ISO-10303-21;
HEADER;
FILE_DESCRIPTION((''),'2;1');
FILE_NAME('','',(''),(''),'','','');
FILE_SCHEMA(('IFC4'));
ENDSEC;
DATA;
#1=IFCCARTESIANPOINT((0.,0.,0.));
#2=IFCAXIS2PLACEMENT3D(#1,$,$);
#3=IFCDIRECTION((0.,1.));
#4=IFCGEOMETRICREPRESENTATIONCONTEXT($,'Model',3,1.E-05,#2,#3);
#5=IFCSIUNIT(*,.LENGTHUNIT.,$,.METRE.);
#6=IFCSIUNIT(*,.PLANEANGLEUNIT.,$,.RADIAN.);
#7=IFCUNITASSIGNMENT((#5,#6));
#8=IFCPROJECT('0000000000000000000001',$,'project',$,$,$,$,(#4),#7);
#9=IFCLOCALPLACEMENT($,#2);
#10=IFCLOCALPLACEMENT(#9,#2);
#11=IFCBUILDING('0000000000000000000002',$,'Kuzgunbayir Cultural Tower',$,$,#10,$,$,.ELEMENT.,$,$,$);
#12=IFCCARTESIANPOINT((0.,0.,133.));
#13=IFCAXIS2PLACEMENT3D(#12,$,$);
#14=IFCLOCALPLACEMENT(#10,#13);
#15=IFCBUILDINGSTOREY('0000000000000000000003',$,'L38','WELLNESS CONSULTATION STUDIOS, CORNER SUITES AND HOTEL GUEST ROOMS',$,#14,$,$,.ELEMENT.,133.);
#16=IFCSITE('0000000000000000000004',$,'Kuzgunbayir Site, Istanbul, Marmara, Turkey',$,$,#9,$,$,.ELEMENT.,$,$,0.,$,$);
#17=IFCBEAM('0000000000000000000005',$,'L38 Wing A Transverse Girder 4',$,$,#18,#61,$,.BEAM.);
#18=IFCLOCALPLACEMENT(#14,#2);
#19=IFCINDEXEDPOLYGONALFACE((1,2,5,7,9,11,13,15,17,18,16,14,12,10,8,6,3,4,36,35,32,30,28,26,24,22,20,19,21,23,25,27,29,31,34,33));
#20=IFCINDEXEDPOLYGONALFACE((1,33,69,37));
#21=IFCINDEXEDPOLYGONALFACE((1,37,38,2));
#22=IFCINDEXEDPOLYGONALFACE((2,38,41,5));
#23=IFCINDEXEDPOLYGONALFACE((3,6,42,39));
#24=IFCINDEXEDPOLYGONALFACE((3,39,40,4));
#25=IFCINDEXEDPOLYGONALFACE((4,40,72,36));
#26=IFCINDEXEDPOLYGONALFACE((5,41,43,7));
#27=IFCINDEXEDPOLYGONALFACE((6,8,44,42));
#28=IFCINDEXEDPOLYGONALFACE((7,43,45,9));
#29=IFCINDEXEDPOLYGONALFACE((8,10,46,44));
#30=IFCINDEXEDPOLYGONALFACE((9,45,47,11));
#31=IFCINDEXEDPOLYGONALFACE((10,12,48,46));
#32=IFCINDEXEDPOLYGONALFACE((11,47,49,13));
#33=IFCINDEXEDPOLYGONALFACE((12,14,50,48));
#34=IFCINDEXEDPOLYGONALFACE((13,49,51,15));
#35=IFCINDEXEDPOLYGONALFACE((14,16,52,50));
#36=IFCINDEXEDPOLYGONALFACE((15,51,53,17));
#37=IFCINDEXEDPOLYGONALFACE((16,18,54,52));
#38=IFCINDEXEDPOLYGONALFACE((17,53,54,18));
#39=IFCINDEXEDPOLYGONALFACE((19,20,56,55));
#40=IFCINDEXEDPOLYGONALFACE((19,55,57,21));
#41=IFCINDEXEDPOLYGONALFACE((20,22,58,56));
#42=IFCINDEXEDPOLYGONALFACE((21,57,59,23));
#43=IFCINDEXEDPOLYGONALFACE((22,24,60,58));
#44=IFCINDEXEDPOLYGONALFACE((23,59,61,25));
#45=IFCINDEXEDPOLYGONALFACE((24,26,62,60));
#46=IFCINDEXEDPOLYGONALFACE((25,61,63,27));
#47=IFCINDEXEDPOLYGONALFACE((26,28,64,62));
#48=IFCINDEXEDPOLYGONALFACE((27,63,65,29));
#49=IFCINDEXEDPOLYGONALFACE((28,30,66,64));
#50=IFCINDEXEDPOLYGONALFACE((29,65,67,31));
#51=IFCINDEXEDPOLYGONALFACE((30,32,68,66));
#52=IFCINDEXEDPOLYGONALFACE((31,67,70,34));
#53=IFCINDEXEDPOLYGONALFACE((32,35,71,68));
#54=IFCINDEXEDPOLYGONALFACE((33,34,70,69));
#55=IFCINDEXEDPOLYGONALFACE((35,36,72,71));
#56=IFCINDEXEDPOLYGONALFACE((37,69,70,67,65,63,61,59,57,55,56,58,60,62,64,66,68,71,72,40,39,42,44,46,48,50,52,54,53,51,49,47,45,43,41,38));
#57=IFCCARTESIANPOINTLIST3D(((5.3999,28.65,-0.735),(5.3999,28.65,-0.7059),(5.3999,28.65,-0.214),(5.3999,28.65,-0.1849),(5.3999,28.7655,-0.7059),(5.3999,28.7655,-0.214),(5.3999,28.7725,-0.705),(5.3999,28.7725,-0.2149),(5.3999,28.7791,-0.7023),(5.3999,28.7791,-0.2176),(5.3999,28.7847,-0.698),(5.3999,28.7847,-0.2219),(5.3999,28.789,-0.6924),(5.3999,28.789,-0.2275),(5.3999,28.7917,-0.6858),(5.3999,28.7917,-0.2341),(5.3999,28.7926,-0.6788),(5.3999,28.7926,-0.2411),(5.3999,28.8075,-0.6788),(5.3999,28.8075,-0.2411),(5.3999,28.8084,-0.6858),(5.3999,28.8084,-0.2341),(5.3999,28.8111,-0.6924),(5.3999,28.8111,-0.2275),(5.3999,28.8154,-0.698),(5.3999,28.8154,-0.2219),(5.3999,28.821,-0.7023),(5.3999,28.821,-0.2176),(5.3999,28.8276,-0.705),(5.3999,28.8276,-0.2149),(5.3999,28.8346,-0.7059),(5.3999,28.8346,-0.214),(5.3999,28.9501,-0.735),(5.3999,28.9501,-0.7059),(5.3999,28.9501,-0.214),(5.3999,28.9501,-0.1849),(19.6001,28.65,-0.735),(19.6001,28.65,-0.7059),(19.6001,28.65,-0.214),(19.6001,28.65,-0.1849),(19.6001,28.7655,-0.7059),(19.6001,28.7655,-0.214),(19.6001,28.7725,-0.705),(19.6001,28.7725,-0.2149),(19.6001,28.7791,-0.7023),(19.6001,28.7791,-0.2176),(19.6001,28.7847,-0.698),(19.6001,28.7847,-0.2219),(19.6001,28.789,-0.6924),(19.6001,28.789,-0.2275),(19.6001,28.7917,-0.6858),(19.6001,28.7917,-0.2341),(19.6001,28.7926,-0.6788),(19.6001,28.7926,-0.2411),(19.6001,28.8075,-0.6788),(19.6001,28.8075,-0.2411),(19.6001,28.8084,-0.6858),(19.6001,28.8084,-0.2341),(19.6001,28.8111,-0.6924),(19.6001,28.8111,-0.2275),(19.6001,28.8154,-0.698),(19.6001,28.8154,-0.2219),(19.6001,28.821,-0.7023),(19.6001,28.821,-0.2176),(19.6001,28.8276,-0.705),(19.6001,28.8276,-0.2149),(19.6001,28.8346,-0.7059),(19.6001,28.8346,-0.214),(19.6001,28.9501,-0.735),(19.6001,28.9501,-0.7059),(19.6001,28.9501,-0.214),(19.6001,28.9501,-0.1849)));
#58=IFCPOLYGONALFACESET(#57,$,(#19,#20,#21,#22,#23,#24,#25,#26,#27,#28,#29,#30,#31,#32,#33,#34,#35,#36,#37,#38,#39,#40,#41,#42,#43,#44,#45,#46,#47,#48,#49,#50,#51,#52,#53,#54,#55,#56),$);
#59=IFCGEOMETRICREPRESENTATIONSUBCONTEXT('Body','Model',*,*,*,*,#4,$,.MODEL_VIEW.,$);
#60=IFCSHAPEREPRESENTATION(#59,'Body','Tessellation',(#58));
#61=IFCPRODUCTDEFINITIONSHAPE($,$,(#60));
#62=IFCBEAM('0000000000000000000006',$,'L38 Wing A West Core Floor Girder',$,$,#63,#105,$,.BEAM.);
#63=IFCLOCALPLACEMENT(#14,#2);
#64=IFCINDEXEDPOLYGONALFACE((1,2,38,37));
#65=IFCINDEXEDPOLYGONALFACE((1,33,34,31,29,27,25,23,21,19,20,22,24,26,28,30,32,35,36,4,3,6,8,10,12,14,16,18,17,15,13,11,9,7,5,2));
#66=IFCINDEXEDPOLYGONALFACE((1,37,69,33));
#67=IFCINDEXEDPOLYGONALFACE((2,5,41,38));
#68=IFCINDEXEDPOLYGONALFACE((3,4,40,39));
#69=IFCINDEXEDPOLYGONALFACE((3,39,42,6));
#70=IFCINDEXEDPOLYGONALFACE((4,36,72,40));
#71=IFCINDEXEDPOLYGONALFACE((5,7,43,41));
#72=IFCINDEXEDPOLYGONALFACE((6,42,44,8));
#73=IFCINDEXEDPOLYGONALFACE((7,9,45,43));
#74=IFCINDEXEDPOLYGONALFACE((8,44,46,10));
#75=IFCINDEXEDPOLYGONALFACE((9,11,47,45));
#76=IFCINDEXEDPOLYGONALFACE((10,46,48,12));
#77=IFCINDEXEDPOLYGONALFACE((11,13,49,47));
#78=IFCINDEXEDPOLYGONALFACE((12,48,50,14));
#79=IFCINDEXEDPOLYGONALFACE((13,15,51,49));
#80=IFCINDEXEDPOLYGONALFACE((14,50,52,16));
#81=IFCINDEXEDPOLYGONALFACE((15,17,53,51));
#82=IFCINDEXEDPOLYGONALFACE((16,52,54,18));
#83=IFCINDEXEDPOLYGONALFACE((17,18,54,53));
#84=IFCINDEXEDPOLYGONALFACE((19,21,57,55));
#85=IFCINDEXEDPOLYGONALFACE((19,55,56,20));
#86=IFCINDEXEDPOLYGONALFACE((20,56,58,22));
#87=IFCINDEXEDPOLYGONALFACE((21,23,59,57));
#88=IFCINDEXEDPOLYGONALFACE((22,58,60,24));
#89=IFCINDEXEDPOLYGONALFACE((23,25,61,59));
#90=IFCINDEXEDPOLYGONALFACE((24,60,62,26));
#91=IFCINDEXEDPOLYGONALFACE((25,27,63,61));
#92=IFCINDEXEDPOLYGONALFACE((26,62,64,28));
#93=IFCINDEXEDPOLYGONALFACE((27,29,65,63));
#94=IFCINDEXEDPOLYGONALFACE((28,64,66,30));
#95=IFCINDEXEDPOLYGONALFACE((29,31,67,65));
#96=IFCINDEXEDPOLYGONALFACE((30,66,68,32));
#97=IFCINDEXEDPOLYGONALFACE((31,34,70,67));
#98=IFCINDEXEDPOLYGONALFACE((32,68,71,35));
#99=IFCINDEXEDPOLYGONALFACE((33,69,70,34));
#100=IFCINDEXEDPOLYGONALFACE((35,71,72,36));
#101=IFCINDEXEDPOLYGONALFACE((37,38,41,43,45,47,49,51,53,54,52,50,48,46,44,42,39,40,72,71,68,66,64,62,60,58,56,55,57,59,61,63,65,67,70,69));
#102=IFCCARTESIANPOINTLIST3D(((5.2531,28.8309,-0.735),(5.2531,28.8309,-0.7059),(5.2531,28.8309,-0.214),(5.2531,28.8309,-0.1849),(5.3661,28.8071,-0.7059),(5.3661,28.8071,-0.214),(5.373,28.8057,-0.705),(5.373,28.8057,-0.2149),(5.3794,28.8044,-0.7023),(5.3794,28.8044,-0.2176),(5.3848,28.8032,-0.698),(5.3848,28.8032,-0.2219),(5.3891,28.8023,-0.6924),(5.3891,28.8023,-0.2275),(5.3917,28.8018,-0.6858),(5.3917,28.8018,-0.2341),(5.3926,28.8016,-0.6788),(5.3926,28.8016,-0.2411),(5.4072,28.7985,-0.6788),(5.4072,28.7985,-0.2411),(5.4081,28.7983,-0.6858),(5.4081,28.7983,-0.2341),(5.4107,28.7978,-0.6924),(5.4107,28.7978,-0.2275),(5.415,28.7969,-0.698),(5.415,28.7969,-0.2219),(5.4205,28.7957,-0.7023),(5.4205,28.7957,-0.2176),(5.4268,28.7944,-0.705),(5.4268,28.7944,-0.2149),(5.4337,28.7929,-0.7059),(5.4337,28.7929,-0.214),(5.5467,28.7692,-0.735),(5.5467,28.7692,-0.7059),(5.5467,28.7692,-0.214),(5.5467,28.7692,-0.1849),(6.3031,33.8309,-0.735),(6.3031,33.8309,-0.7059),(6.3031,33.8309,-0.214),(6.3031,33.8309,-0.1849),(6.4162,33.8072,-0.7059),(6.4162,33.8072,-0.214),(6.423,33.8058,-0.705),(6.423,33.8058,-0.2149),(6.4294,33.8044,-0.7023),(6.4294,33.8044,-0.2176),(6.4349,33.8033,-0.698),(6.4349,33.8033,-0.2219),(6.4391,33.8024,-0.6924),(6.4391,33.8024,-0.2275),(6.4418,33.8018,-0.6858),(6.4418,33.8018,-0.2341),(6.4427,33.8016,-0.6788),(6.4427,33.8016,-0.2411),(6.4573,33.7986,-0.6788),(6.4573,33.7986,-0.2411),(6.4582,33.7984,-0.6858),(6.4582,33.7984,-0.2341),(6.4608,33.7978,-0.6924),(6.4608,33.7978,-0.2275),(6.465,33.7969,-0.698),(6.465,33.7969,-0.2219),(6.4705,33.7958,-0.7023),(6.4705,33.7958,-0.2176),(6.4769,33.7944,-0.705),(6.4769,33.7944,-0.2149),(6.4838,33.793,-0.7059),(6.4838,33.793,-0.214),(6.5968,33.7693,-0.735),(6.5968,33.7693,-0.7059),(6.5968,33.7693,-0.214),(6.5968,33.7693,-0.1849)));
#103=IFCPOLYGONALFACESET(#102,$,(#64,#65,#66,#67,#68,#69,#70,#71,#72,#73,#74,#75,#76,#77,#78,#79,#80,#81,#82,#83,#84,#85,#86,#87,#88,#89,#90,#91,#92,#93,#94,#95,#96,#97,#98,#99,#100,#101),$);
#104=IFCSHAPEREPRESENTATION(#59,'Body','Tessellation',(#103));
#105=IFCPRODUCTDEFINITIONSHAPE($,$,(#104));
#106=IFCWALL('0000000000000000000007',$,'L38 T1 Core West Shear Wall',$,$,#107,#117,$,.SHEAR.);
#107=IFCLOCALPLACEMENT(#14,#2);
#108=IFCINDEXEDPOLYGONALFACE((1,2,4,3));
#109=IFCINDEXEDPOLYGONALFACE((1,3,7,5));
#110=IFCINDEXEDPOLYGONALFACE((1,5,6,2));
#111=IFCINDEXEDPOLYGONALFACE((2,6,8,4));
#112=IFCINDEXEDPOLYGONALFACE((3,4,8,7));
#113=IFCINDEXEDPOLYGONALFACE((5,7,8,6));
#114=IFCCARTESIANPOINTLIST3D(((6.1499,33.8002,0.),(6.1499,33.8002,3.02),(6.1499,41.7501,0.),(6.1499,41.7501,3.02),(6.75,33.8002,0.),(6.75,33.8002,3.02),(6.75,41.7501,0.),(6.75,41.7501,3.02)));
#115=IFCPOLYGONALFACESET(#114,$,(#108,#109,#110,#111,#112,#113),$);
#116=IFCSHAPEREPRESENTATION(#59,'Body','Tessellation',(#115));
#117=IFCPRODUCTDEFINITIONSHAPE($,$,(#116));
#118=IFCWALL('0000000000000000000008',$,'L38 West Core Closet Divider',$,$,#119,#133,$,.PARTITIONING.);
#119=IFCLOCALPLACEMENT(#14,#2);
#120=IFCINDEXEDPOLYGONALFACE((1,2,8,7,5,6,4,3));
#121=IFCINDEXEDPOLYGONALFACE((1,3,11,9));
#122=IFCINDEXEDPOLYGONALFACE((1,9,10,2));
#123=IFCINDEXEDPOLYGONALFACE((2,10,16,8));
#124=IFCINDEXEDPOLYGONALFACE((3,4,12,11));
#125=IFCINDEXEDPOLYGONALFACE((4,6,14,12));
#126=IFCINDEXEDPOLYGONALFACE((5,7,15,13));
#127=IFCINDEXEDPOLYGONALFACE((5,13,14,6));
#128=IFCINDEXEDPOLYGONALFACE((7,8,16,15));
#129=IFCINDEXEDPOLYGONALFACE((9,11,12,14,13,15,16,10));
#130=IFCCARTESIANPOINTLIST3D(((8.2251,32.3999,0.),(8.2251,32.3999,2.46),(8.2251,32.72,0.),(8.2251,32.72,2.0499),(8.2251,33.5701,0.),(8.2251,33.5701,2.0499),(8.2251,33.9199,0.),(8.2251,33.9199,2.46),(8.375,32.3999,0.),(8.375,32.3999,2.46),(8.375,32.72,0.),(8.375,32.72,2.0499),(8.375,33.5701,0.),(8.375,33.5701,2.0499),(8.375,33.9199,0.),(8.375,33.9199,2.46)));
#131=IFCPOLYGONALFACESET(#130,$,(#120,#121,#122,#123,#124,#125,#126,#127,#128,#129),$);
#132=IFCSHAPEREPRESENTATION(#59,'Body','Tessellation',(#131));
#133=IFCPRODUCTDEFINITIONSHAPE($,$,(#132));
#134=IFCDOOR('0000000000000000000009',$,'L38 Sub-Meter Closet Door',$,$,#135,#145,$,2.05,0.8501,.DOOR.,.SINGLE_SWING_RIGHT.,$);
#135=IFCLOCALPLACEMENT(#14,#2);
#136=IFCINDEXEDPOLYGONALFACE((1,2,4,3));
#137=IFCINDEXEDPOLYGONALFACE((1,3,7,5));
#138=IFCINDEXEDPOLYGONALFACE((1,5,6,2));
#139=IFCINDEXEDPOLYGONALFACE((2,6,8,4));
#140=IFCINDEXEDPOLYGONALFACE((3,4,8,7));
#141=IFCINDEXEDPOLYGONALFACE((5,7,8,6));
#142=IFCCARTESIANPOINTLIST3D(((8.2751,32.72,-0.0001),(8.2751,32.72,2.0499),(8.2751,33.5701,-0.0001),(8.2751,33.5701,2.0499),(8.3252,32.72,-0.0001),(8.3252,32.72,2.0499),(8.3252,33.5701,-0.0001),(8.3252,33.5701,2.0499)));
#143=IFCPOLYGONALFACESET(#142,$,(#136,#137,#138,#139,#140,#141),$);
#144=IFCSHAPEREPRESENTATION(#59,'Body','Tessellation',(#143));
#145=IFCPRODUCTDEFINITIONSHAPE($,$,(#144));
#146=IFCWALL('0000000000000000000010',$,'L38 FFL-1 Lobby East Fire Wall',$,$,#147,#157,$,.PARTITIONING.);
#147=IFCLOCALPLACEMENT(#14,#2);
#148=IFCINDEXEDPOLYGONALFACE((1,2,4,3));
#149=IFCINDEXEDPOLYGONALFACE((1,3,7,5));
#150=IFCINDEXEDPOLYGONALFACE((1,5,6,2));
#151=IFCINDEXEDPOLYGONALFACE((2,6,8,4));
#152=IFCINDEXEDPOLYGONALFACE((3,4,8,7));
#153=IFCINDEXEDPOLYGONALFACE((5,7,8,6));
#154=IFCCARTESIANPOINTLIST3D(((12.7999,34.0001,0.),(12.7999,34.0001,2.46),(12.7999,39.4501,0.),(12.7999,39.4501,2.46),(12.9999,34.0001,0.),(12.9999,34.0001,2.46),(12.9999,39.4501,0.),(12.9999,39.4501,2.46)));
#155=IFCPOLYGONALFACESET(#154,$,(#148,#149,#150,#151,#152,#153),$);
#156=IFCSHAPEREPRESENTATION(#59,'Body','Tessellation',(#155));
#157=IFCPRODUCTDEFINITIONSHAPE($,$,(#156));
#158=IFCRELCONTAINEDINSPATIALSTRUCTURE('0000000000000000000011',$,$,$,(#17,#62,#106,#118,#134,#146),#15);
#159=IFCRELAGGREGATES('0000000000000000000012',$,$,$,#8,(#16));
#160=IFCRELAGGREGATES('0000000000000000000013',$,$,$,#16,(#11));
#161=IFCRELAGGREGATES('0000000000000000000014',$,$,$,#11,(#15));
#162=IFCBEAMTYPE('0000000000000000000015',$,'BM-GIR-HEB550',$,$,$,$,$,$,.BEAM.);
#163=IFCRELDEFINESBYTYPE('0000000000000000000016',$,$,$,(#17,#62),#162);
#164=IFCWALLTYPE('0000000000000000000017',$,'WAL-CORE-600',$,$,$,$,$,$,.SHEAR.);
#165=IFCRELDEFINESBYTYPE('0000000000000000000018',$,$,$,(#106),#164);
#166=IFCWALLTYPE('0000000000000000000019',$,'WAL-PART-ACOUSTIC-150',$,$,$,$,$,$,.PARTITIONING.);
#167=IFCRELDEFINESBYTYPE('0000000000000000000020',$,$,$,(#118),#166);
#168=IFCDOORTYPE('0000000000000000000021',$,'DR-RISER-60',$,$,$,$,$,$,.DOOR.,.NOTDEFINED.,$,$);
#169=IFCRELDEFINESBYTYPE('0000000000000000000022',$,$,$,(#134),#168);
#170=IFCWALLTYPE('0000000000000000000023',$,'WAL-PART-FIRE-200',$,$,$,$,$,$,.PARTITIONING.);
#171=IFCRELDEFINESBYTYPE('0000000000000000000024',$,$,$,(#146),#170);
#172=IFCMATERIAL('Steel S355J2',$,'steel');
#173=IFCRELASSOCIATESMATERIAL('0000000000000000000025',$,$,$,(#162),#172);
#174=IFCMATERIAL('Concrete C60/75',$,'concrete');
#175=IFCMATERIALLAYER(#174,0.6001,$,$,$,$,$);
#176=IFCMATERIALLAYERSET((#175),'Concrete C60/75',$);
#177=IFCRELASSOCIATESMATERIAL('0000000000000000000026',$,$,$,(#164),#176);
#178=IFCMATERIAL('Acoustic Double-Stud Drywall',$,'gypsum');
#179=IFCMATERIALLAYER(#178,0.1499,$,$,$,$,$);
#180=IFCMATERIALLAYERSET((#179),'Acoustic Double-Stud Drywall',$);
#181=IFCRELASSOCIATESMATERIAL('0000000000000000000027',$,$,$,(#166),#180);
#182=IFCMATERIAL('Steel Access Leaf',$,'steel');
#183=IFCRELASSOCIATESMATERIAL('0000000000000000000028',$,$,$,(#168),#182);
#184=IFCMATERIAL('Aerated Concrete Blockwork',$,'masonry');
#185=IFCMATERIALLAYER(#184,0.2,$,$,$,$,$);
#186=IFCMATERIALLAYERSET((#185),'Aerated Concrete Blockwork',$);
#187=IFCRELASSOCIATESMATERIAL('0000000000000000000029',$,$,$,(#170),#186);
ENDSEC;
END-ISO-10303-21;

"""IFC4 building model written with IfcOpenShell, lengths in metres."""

from ifc_helpers import new_model, si_unit, direction, frame, frame_2d, origin, origin_2d, place, context, subcontext, project, spatial, rectangle, i_section, extrude, material, layer, layer_set, material_profile, profile_set, type_object, element, fill, save


model = new_model("IFC4")

# Units and contexts
model_context = context("Model", 3, precision=1e-05, world=origin(), true_north=direction((0.0, 1.0)))
body_context = subcontext(model_context, "Body", "Model", "MODEL_VIEW")
ifc_project = project(units=[si_unit("LENGTHUNIT", "METRE"), si_unit("PLANEANGLEUNIT", "RADIAN")], contexts=[model_context])

# Site, building, storey
site_placement = place(None, origin())
site = spatial("IfcSite", under=ifc_project, at=site_placement, Name="Kuzgunbayir Site, Istanbul, Marmara, Turkey", CompositionType="ELEMENT", RefElevation=0.0)
building_placement = place(site_placement, origin())
building = spatial("IfcBuilding", under=site, at=building_placement, Name="Kuzgunbayir Cultural Tower", CompositionType="ELEMENT")
storey_placement = place(building_placement, frame((0.0, 0.0, 133.0)))
storey = spatial("IfcBuildingStorey", under=building, at=storey_placement, Name="L38", Description="WELLNESS CONSULTATION STUDIOS, CORNER SUITES AND HOTEL GUEST ROOMS", CompositionType="ELEMENT", Elevation=133.0)

# Beams
ifc_material_1 = material(Name="Steel S355J2", Category="steel")
ifc_material_profile_1 = material_profile(ifc_material_1, i_section(OverallWidth=0.3, OverallDepth=0.55, WebThickness=0.0149, FlangeThickness=0.0291, FilletRadius=0.0271, at=origin_2d()), Name="HEB 550")
ifc_profile_set_1 = profile_set([ifc_material_profile_1], Name="Steel S355J2")
beam_type = type_object("IfcBeamType", Name="BM-GIR-HEB550", PredefinedType="BEAM", material=ifc_profile_set_1)
beam_1_placement = place(storey_placement, frame((5.3999, 28.8, -0.46), z_axis=(1.0, 0.0, 0.0), x_axis=(0.0, 1.0, 0.0)))
element("IfcBeam", 1, at=beam_1_placement, inside=storey, type_object=beam_type, Name="L38 Wing A Transverse Girder 4", PredefinedType="BEAM", context=body_context, shape_type="SweptSolid", body=[
    extrude(i_section(OverallWidth=0.3, OverallDepth=0.55, WebThickness=0.0149, FlangeThickness=0.0291, FilletRadius=0.0271, at=origin_2d()), origin(), (0.0, 0.0, 1.0), 14.2002),
])
beam_2_placement = place(storey_placement, frame((5.3999, 28.8, -0.46), z_axis=(0.205526, 0.978652, 0.0), x_axis=(-0.978652, 0.205526, 0.0)))
element("IfcBeam", 2, at=beam_2_placement, inside=storey, type_object=beam_type, Name="L38 Wing A West Core Floor Girder", PredefinedType="BEAM", context=body_context, shape_type="SweptSolid", body=[
    extrude(i_section(OverallWidth=0.3, OverallDepth=0.55, WebThickness=0.0149, FlangeThickness=0.0291, FilletRadius=0.0271, at=origin_2d()), origin(), (0.0, 0.0, 1.0), 5.1091),
])

# Wall
ifc_material_2 = material(Name="Concrete C60/75", Category="concrete")
ifc_layer_1 = layer(ifc_material_2, 0.6001)
ifc_layer_set_1 = layer_set([ifc_layer_1], Name="Concrete C60/75")
wall_type_1 = type_object("IfcWallType", Name="WAL-CORE-600", PredefinedType="SHEAR", material=ifc_layer_set_1)
wall_1_placement = place(storey_placement, frame((6.45, 33.8, 0.0), z_axis=(0.0, 0.0, 1.0), x_axis=(0.0, 1.0, 0.0)))
element("IfcWall", 3, at=wall_1_placement, inside=storey, type_object=wall_type_1, Name="L38 T1 Core West Shear Wall", PredefinedType="SHEAR", context=body_context, shape_type="SweptSolid", body=[
    extrude(rectangle(XDim=7.95, YDim=0.6001, at=frame_2d((3.9751, 0.0))), origin(), (0.0, 0.0, 1.0), 3.02),
])

# Wall, opening, door
ifc_material_3 = material(Name="Acoustic Double-Stud Drywall", Category="gypsum")
ifc_layer_2 = layer(ifc_material_3, 0.1499)
ifc_layer_set_2 = layer_set([ifc_layer_2], Name="Acoustic Double-Stud Drywall")
wall_type_2 = type_object("IfcWallType", Name="WAL-PART-ACOUSTIC-150", PredefinedType="PARTITIONING", material=ifc_layer_set_2)
wall_2_placement = place(storey_placement, frame((8.3, 32.3999, 0.0), z_axis=(0.0, 0.0, 1.0), x_axis=(0.0, 1.0, 0.0)))
wall_2 = element("IfcWall", 4, at=wall_2_placement, inside=storey, type_object=wall_type_2, Name="L38 West Core Closet Divider", PredefinedType="PARTITIONING", context=body_context, shape_type="SweptSolid", body=[
    extrude(rectangle(XDim=1.52, YDim=0.1499, at=frame_2d((0.76, 0.0))), origin(), (0.0, 0.0, 1.0), 2.46),
])
opening_1_placement = place(wall_2_placement, frame((0.3201, 0.0, 0.0)))
opening_1 = element("IfcOpeningElement", 5, at=opening_1_placement, cuts=wall_2, PredefinedType="OPENING", context=body_context, shape_type="SweptSolid", body=[
    extrude(rectangle(XDim=0.8501, YDim=2.05, at=frame_2d((0.425, 1.0249))), frame((0.0, 0.085, 0.0), z_axis=(0.0, -1.0, 0.0), x_axis=(1.0, 0.0, 0.0)), (0.0, 0.0, 1.0), 0.1699),
])
ifc_material_4 = material(Name="Steel Access Leaf", Category="steel")
door_type_1 = type_object("IfcDoorType", Name="DR-RISER-60", OperationType="NOTDEFINED", PredefinedType="DOOR", material=ifc_material_4)
door_1_placement = place(opening_1_placement, origin())
door_1 = element("IfcDoor", 6, at=door_1_placement, inside=storey, type_object=door_type_1, Name="L38 Sub-Meter Closet Door", OperationType="SINGLE_SWING_RIGHT", OverallHeight=2.05, OverallWidth=0.8501, PredefinedType="DOOR", context=body_context, shape_type="SweptSolid", body=[
    extrude(rectangle(XDim=0.8501, YDim=2.05, at=frame_2d((0.425, 1.0249))), frame((0.0, 0.0249, 0.0), z_axis=(0.0, -1.0, 0.0), x_axis=(1.0, 0.0, 0.0)), (0.0, 0.0, 1.0), 0.05),
])
fill(opening_1, door_1)

# Wall
ifc_material_5 = material(Name="Aerated Concrete Blockwork", Category="masonry")
ifc_layer_3 = layer(ifc_material_5, 0.2)
ifc_layer_set_3 = layer_set([ifc_layer_3], Name="Aerated Concrete Blockwork")
wall_type_3 = type_object("IfcWallType", Name="WAL-PART-FIRE-200", PredefinedType="PARTITIONING", material=ifc_layer_set_3)
wall_3_placement = place(storey_placement, frame((12.8999, 34.0, 0.0), z_axis=(0.0, 0.0, 1.0), x_axis=(0.0, 1.0, 0.0)))
element("IfcWall", 7, at=wall_3_placement, inside=storey, type_object=wall_type_3, Name="L38 FFL-1 Lobby East Fire Wall", PredefinedType="PARTITIONING", context=body_context, shape_type="SweptSolid", body=[
    extrude(rectangle(XDim=5.45, YDim=0.2, at=frame_2d((2.7251, 0.0))), origin(), (0.0, 0.0, 1.0), 2.46),
])

save(model, "model.ifc")
